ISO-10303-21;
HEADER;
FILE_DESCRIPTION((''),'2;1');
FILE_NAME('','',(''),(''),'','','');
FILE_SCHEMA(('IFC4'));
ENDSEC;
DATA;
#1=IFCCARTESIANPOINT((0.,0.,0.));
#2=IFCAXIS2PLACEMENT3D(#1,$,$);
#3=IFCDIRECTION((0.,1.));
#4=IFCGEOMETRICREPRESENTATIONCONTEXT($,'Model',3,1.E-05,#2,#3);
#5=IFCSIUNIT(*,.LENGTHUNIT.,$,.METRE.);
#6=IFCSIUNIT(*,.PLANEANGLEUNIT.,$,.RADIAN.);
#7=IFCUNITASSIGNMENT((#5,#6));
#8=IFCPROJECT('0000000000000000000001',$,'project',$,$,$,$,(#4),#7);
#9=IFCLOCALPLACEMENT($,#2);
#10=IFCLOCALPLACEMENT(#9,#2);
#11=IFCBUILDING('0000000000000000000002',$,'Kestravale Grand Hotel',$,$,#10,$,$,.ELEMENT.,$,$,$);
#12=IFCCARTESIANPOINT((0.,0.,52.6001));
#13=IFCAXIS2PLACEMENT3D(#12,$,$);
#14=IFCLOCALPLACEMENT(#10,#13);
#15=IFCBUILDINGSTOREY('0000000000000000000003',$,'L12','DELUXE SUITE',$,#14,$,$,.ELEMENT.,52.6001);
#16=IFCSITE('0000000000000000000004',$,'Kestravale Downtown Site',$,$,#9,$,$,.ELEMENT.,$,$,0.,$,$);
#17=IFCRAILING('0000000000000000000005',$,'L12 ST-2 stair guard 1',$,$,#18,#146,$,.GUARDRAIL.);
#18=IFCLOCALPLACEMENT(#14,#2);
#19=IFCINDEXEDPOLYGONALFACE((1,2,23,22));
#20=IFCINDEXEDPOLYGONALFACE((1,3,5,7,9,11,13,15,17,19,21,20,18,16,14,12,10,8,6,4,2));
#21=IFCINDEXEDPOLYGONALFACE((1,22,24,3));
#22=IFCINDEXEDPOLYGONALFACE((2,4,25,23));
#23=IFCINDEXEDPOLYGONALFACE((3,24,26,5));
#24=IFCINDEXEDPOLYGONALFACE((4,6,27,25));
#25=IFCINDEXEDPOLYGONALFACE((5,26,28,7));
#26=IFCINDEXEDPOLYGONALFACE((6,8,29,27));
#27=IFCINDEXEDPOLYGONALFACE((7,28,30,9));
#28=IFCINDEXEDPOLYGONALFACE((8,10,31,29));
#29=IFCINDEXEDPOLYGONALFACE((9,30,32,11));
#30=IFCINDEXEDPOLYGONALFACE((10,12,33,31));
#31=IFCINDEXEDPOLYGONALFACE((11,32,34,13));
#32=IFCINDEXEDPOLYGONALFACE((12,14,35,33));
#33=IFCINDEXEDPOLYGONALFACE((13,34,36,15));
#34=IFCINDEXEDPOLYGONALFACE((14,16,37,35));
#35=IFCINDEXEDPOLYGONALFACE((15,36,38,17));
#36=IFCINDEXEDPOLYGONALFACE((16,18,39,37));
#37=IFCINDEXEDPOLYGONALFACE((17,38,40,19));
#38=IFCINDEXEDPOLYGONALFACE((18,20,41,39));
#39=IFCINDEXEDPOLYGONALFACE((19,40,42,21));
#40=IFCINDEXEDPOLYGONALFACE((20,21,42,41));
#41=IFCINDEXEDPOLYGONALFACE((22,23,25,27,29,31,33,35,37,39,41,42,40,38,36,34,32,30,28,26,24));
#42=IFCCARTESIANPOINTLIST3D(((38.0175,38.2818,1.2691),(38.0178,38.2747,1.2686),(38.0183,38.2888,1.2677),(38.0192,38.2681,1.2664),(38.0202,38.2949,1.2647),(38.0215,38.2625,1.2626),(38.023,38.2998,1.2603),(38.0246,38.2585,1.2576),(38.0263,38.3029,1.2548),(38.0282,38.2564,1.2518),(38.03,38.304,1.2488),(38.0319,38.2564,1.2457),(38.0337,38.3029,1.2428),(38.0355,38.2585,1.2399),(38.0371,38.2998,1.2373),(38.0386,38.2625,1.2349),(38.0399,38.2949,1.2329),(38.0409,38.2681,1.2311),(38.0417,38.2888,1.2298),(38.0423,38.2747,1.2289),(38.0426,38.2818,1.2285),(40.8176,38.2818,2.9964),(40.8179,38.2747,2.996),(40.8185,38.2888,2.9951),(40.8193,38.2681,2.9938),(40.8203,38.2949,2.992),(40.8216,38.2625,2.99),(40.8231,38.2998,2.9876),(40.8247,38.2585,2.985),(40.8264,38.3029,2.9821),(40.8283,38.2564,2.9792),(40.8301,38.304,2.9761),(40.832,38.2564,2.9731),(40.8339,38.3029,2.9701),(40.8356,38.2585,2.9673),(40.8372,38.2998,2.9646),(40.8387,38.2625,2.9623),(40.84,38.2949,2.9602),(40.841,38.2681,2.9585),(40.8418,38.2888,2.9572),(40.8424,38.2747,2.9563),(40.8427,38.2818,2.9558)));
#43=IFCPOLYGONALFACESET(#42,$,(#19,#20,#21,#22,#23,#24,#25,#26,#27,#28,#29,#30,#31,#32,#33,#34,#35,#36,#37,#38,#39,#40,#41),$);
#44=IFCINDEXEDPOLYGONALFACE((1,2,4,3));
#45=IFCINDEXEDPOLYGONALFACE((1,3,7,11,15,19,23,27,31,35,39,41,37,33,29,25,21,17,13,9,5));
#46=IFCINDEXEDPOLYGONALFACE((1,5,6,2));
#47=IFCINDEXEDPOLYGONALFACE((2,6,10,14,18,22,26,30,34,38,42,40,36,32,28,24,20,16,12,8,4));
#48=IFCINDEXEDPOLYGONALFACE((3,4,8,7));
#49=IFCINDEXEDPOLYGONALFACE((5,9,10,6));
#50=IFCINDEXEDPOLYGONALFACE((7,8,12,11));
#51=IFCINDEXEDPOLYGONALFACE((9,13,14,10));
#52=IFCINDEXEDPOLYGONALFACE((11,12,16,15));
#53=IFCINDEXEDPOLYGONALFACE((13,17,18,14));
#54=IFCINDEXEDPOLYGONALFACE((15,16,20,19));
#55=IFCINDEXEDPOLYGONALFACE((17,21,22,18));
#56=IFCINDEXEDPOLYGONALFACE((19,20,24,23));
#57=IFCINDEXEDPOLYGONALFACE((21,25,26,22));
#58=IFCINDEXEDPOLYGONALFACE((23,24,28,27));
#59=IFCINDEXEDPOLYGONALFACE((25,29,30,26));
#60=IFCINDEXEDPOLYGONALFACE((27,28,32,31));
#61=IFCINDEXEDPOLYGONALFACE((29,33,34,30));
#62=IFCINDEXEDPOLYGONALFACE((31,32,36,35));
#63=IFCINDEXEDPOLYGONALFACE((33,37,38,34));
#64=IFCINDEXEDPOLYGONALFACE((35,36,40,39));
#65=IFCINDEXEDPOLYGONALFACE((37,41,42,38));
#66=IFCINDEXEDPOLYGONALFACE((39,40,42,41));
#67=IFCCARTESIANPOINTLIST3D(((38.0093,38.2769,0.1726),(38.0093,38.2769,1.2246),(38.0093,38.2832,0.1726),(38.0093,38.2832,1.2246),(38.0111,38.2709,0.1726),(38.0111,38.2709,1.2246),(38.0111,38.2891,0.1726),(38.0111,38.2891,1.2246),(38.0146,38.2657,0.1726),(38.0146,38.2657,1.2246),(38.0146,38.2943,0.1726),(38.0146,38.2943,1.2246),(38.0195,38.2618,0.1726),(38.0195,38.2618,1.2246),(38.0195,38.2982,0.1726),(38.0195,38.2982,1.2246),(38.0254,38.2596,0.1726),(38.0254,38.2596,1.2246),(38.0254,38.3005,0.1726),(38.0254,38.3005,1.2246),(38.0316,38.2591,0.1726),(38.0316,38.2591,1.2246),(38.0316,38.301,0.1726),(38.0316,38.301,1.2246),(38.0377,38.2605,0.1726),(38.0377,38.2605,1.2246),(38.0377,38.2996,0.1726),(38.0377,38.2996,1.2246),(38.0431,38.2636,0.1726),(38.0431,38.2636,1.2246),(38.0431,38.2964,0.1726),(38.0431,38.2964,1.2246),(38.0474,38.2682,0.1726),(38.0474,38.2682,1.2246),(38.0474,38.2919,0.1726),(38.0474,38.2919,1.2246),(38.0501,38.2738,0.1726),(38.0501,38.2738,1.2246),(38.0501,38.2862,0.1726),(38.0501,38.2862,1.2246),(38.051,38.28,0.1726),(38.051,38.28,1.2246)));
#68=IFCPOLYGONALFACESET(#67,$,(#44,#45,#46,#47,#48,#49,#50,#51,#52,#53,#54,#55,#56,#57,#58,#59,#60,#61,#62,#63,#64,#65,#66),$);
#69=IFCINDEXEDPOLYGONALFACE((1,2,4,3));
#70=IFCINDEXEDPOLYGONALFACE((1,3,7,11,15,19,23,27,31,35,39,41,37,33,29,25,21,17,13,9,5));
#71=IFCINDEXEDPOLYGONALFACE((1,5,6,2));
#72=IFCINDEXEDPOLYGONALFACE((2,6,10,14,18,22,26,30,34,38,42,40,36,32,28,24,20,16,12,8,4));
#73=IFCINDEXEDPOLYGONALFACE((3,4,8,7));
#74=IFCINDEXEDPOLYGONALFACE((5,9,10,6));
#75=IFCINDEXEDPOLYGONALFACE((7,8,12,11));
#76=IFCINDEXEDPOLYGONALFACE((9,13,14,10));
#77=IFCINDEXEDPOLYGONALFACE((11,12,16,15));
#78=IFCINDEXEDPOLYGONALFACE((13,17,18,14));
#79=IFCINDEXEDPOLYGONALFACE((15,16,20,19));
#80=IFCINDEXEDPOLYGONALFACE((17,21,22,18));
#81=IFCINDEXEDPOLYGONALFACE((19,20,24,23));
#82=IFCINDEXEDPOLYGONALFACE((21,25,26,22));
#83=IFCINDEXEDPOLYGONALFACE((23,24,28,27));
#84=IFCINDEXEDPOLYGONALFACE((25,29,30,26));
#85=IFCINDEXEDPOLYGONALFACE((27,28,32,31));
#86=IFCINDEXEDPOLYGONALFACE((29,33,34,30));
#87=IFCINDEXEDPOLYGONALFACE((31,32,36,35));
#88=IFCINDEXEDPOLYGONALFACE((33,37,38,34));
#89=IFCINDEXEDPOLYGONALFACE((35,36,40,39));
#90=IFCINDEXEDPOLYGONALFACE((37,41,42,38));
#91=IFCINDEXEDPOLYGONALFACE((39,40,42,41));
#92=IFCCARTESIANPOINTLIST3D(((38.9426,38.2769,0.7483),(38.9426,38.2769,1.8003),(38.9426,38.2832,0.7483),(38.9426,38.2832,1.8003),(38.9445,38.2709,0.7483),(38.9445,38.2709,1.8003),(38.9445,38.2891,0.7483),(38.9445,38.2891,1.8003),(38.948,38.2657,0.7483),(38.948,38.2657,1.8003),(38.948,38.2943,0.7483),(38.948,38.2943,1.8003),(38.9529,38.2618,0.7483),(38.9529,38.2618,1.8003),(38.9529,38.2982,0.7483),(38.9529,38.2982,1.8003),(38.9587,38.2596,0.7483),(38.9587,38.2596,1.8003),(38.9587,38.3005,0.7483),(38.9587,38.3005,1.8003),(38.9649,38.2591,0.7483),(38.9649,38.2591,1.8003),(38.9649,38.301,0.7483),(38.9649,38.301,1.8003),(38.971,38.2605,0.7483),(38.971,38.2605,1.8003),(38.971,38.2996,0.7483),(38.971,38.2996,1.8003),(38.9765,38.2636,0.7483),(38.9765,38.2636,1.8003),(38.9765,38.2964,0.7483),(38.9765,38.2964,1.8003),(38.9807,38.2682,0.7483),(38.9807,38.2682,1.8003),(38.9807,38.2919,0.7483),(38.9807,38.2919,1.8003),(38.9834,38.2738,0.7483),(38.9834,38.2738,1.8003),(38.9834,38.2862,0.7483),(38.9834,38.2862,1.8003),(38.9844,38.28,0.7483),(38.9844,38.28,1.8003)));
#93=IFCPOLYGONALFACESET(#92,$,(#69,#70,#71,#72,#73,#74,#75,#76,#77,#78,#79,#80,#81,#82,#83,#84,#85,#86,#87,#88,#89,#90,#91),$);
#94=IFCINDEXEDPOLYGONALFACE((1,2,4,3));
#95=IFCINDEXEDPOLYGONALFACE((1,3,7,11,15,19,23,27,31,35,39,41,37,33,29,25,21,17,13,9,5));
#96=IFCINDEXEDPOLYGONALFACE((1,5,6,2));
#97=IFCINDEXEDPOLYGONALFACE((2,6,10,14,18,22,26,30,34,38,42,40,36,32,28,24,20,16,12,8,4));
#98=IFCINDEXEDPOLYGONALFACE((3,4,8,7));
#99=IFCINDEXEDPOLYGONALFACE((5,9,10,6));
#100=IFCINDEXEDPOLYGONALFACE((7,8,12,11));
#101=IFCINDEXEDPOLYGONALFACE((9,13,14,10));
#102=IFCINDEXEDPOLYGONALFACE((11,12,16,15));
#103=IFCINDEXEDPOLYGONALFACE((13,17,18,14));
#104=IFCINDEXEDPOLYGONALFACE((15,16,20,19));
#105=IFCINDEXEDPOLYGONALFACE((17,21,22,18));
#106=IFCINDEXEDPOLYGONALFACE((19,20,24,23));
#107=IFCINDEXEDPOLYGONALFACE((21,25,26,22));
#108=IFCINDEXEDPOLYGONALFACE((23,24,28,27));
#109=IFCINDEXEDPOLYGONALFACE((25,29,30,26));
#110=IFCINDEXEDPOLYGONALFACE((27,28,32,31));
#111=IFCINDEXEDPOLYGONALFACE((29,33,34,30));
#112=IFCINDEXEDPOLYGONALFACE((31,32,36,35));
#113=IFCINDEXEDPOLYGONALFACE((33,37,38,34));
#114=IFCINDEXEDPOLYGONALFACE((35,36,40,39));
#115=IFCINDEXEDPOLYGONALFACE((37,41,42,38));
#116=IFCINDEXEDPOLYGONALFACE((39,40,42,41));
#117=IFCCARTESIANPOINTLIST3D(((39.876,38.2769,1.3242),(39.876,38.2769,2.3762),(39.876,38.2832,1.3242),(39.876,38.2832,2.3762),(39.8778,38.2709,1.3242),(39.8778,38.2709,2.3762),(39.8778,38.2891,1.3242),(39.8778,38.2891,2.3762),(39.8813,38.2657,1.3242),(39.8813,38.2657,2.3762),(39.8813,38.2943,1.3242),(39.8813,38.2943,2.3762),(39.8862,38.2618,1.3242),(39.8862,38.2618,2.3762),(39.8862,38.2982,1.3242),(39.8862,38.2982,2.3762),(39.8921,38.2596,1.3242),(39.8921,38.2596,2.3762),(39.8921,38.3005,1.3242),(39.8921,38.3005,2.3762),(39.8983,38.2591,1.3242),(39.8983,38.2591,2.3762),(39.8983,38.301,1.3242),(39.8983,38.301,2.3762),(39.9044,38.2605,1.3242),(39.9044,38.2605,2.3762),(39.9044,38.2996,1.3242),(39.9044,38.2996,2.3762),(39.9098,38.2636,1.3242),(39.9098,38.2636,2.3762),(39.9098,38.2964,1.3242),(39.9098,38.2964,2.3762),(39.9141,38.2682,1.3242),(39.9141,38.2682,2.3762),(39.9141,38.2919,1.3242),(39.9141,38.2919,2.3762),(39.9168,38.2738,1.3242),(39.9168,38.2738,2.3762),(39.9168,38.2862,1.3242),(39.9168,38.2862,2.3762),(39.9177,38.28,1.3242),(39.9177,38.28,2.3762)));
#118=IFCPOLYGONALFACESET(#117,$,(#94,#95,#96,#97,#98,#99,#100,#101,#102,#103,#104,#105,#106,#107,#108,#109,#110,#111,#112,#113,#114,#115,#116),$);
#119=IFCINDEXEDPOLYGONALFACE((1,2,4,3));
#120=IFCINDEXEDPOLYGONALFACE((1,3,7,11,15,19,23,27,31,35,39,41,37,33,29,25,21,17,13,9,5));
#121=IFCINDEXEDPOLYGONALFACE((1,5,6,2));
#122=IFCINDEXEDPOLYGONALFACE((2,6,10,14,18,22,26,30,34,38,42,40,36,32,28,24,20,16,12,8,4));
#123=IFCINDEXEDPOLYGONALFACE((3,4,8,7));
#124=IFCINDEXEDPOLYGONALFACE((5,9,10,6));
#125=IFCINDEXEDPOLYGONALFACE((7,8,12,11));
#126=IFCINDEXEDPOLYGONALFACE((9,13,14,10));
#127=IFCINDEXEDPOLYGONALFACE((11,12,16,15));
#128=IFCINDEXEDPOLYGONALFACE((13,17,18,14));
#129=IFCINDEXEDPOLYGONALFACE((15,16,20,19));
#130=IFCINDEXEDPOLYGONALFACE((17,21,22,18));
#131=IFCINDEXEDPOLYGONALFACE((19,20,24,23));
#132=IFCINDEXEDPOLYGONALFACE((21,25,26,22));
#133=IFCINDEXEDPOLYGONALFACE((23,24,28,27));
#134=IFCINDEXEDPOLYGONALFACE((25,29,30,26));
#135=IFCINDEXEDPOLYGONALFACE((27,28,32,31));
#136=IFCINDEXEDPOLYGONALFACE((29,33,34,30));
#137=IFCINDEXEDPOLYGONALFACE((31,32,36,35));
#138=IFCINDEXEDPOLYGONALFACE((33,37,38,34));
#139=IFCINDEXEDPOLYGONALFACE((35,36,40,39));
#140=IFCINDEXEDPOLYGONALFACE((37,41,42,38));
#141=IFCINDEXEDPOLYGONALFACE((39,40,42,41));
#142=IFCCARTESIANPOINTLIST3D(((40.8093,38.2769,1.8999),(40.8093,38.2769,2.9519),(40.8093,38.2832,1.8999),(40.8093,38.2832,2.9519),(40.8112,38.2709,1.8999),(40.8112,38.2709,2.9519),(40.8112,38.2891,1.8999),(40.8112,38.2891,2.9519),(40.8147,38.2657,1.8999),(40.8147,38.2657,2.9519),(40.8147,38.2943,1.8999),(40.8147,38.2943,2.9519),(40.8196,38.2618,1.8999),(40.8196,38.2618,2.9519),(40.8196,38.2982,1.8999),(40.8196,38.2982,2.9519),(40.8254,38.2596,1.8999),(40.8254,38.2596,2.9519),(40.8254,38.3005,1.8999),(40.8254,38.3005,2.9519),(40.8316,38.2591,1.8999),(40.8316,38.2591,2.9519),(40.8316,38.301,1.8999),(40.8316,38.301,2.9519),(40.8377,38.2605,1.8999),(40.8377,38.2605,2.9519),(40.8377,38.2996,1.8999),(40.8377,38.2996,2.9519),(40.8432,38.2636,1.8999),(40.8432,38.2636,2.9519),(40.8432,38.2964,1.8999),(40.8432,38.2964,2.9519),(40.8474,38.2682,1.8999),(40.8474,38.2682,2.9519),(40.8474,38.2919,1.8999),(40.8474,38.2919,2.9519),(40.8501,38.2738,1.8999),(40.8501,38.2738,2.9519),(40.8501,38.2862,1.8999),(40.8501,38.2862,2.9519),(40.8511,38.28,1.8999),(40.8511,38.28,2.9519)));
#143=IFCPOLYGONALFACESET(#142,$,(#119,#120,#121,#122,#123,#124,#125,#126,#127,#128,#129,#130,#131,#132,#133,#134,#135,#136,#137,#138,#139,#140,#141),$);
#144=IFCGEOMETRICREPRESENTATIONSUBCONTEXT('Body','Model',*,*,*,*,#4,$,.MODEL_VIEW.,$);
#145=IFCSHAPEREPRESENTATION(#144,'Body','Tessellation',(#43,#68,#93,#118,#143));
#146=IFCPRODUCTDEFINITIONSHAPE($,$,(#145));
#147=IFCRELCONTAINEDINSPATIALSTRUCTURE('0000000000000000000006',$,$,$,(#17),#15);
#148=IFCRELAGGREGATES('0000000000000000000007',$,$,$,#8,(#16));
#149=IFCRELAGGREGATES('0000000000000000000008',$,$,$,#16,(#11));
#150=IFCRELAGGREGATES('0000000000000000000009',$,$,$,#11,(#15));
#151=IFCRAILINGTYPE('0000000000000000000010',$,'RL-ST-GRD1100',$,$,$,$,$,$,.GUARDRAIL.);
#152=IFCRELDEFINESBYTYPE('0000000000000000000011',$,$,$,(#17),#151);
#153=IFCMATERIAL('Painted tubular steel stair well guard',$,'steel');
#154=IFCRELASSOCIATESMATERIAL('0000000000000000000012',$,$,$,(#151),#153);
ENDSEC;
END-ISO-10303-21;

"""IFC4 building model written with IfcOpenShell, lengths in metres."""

from ifc_helpers import new_model, si_unit, direction, frame, origin, origin_2d, place, context, subcontext, project, spatial, circle, extrude, material, type_object, element, save


model = new_model("IFC4")

# Units and contexts
model_context = context("Model", 3, precision=1e-05, world=origin(), true_north=direction((0.0, 1.0)))
body_context = subcontext(model_context, "Body", "Model", "MODEL_VIEW")
ifc_project = project(units=[si_unit("LENGTHUNIT", "METRE"), si_unit("PLANEANGLEUNIT", "RADIAN")], contexts=[model_context])

# Site, building, storey
site_placement = place(None, origin())
site = spatial("IfcSite", under=ifc_project, at=site_placement, Name="Kestravale Downtown Site", CompositionType="ELEMENT", RefElevation=0.0)
building_placement = place(site_placement, origin())
building = spatial("IfcBuilding", under=site, at=building_placement, Name="Kestravale Grand Hotel", CompositionType="ELEMENT")
storey_placement = place(building_placement, frame((0.0, 0.0, 52.6001)))
storey = spatial("IfcBuildingStorey", under=building, at=storey_placement, Name="L12", Description="DELUXE SUITE", CompositionType="ELEMENT", Elevation=52.6001)

# Railing
ifc_material_1 = material(Name="Painted tubular steel stair well guard", Category="steel")
railing_type_1 = type_object("IfcRailingType", Name="RL-ST-GRD1100", PredefinedType="GUARDRAIL", material=ifc_material_1)
railing_1_placement = place(storey_placement, frame((38.03, 38.28, 0.1726)))
element("IfcRailing", 1, at=railing_1_placement, inside=storey, type_object=railing_type_1, Name="L12 ST-2 stair guard 1", PredefinedType="GUARDRAIL", context=body_context, shape_type="SweptSolid", body=[
    extrude(circle(Radius=0.0239, at=origin_2d()), frame((0.0, 0.0, 1.0762), z_axis=(0.85109, 0.0, 0.52502), x_axis=(0.0, 1.0, 0.0)), (0.0, 0.0, 1.0), 3.29),
    extrude(circle(Radius=0.021, at=origin_2d()), origin(), (0.0, 0.0, 1.0), 1.052),
    extrude(circle(Radius=0.021, at=origin_2d()), frame((0.9333, 0.0, 0.5757)), (0.0, 0.0, 1.0), 1.052),
    extrude(circle(Radius=0.021, at=origin_2d()), frame((1.8667, 0.0, 1.1516)), (0.0, 0.0, 1.0), 1.052),
    extrude(circle(Radius=0.021, at=origin_2d()), frame((2.8, 0.0, 1.7273)), (0.0, 0.0, 1.0), 1.052),
])

save(model, "model.ifc")
